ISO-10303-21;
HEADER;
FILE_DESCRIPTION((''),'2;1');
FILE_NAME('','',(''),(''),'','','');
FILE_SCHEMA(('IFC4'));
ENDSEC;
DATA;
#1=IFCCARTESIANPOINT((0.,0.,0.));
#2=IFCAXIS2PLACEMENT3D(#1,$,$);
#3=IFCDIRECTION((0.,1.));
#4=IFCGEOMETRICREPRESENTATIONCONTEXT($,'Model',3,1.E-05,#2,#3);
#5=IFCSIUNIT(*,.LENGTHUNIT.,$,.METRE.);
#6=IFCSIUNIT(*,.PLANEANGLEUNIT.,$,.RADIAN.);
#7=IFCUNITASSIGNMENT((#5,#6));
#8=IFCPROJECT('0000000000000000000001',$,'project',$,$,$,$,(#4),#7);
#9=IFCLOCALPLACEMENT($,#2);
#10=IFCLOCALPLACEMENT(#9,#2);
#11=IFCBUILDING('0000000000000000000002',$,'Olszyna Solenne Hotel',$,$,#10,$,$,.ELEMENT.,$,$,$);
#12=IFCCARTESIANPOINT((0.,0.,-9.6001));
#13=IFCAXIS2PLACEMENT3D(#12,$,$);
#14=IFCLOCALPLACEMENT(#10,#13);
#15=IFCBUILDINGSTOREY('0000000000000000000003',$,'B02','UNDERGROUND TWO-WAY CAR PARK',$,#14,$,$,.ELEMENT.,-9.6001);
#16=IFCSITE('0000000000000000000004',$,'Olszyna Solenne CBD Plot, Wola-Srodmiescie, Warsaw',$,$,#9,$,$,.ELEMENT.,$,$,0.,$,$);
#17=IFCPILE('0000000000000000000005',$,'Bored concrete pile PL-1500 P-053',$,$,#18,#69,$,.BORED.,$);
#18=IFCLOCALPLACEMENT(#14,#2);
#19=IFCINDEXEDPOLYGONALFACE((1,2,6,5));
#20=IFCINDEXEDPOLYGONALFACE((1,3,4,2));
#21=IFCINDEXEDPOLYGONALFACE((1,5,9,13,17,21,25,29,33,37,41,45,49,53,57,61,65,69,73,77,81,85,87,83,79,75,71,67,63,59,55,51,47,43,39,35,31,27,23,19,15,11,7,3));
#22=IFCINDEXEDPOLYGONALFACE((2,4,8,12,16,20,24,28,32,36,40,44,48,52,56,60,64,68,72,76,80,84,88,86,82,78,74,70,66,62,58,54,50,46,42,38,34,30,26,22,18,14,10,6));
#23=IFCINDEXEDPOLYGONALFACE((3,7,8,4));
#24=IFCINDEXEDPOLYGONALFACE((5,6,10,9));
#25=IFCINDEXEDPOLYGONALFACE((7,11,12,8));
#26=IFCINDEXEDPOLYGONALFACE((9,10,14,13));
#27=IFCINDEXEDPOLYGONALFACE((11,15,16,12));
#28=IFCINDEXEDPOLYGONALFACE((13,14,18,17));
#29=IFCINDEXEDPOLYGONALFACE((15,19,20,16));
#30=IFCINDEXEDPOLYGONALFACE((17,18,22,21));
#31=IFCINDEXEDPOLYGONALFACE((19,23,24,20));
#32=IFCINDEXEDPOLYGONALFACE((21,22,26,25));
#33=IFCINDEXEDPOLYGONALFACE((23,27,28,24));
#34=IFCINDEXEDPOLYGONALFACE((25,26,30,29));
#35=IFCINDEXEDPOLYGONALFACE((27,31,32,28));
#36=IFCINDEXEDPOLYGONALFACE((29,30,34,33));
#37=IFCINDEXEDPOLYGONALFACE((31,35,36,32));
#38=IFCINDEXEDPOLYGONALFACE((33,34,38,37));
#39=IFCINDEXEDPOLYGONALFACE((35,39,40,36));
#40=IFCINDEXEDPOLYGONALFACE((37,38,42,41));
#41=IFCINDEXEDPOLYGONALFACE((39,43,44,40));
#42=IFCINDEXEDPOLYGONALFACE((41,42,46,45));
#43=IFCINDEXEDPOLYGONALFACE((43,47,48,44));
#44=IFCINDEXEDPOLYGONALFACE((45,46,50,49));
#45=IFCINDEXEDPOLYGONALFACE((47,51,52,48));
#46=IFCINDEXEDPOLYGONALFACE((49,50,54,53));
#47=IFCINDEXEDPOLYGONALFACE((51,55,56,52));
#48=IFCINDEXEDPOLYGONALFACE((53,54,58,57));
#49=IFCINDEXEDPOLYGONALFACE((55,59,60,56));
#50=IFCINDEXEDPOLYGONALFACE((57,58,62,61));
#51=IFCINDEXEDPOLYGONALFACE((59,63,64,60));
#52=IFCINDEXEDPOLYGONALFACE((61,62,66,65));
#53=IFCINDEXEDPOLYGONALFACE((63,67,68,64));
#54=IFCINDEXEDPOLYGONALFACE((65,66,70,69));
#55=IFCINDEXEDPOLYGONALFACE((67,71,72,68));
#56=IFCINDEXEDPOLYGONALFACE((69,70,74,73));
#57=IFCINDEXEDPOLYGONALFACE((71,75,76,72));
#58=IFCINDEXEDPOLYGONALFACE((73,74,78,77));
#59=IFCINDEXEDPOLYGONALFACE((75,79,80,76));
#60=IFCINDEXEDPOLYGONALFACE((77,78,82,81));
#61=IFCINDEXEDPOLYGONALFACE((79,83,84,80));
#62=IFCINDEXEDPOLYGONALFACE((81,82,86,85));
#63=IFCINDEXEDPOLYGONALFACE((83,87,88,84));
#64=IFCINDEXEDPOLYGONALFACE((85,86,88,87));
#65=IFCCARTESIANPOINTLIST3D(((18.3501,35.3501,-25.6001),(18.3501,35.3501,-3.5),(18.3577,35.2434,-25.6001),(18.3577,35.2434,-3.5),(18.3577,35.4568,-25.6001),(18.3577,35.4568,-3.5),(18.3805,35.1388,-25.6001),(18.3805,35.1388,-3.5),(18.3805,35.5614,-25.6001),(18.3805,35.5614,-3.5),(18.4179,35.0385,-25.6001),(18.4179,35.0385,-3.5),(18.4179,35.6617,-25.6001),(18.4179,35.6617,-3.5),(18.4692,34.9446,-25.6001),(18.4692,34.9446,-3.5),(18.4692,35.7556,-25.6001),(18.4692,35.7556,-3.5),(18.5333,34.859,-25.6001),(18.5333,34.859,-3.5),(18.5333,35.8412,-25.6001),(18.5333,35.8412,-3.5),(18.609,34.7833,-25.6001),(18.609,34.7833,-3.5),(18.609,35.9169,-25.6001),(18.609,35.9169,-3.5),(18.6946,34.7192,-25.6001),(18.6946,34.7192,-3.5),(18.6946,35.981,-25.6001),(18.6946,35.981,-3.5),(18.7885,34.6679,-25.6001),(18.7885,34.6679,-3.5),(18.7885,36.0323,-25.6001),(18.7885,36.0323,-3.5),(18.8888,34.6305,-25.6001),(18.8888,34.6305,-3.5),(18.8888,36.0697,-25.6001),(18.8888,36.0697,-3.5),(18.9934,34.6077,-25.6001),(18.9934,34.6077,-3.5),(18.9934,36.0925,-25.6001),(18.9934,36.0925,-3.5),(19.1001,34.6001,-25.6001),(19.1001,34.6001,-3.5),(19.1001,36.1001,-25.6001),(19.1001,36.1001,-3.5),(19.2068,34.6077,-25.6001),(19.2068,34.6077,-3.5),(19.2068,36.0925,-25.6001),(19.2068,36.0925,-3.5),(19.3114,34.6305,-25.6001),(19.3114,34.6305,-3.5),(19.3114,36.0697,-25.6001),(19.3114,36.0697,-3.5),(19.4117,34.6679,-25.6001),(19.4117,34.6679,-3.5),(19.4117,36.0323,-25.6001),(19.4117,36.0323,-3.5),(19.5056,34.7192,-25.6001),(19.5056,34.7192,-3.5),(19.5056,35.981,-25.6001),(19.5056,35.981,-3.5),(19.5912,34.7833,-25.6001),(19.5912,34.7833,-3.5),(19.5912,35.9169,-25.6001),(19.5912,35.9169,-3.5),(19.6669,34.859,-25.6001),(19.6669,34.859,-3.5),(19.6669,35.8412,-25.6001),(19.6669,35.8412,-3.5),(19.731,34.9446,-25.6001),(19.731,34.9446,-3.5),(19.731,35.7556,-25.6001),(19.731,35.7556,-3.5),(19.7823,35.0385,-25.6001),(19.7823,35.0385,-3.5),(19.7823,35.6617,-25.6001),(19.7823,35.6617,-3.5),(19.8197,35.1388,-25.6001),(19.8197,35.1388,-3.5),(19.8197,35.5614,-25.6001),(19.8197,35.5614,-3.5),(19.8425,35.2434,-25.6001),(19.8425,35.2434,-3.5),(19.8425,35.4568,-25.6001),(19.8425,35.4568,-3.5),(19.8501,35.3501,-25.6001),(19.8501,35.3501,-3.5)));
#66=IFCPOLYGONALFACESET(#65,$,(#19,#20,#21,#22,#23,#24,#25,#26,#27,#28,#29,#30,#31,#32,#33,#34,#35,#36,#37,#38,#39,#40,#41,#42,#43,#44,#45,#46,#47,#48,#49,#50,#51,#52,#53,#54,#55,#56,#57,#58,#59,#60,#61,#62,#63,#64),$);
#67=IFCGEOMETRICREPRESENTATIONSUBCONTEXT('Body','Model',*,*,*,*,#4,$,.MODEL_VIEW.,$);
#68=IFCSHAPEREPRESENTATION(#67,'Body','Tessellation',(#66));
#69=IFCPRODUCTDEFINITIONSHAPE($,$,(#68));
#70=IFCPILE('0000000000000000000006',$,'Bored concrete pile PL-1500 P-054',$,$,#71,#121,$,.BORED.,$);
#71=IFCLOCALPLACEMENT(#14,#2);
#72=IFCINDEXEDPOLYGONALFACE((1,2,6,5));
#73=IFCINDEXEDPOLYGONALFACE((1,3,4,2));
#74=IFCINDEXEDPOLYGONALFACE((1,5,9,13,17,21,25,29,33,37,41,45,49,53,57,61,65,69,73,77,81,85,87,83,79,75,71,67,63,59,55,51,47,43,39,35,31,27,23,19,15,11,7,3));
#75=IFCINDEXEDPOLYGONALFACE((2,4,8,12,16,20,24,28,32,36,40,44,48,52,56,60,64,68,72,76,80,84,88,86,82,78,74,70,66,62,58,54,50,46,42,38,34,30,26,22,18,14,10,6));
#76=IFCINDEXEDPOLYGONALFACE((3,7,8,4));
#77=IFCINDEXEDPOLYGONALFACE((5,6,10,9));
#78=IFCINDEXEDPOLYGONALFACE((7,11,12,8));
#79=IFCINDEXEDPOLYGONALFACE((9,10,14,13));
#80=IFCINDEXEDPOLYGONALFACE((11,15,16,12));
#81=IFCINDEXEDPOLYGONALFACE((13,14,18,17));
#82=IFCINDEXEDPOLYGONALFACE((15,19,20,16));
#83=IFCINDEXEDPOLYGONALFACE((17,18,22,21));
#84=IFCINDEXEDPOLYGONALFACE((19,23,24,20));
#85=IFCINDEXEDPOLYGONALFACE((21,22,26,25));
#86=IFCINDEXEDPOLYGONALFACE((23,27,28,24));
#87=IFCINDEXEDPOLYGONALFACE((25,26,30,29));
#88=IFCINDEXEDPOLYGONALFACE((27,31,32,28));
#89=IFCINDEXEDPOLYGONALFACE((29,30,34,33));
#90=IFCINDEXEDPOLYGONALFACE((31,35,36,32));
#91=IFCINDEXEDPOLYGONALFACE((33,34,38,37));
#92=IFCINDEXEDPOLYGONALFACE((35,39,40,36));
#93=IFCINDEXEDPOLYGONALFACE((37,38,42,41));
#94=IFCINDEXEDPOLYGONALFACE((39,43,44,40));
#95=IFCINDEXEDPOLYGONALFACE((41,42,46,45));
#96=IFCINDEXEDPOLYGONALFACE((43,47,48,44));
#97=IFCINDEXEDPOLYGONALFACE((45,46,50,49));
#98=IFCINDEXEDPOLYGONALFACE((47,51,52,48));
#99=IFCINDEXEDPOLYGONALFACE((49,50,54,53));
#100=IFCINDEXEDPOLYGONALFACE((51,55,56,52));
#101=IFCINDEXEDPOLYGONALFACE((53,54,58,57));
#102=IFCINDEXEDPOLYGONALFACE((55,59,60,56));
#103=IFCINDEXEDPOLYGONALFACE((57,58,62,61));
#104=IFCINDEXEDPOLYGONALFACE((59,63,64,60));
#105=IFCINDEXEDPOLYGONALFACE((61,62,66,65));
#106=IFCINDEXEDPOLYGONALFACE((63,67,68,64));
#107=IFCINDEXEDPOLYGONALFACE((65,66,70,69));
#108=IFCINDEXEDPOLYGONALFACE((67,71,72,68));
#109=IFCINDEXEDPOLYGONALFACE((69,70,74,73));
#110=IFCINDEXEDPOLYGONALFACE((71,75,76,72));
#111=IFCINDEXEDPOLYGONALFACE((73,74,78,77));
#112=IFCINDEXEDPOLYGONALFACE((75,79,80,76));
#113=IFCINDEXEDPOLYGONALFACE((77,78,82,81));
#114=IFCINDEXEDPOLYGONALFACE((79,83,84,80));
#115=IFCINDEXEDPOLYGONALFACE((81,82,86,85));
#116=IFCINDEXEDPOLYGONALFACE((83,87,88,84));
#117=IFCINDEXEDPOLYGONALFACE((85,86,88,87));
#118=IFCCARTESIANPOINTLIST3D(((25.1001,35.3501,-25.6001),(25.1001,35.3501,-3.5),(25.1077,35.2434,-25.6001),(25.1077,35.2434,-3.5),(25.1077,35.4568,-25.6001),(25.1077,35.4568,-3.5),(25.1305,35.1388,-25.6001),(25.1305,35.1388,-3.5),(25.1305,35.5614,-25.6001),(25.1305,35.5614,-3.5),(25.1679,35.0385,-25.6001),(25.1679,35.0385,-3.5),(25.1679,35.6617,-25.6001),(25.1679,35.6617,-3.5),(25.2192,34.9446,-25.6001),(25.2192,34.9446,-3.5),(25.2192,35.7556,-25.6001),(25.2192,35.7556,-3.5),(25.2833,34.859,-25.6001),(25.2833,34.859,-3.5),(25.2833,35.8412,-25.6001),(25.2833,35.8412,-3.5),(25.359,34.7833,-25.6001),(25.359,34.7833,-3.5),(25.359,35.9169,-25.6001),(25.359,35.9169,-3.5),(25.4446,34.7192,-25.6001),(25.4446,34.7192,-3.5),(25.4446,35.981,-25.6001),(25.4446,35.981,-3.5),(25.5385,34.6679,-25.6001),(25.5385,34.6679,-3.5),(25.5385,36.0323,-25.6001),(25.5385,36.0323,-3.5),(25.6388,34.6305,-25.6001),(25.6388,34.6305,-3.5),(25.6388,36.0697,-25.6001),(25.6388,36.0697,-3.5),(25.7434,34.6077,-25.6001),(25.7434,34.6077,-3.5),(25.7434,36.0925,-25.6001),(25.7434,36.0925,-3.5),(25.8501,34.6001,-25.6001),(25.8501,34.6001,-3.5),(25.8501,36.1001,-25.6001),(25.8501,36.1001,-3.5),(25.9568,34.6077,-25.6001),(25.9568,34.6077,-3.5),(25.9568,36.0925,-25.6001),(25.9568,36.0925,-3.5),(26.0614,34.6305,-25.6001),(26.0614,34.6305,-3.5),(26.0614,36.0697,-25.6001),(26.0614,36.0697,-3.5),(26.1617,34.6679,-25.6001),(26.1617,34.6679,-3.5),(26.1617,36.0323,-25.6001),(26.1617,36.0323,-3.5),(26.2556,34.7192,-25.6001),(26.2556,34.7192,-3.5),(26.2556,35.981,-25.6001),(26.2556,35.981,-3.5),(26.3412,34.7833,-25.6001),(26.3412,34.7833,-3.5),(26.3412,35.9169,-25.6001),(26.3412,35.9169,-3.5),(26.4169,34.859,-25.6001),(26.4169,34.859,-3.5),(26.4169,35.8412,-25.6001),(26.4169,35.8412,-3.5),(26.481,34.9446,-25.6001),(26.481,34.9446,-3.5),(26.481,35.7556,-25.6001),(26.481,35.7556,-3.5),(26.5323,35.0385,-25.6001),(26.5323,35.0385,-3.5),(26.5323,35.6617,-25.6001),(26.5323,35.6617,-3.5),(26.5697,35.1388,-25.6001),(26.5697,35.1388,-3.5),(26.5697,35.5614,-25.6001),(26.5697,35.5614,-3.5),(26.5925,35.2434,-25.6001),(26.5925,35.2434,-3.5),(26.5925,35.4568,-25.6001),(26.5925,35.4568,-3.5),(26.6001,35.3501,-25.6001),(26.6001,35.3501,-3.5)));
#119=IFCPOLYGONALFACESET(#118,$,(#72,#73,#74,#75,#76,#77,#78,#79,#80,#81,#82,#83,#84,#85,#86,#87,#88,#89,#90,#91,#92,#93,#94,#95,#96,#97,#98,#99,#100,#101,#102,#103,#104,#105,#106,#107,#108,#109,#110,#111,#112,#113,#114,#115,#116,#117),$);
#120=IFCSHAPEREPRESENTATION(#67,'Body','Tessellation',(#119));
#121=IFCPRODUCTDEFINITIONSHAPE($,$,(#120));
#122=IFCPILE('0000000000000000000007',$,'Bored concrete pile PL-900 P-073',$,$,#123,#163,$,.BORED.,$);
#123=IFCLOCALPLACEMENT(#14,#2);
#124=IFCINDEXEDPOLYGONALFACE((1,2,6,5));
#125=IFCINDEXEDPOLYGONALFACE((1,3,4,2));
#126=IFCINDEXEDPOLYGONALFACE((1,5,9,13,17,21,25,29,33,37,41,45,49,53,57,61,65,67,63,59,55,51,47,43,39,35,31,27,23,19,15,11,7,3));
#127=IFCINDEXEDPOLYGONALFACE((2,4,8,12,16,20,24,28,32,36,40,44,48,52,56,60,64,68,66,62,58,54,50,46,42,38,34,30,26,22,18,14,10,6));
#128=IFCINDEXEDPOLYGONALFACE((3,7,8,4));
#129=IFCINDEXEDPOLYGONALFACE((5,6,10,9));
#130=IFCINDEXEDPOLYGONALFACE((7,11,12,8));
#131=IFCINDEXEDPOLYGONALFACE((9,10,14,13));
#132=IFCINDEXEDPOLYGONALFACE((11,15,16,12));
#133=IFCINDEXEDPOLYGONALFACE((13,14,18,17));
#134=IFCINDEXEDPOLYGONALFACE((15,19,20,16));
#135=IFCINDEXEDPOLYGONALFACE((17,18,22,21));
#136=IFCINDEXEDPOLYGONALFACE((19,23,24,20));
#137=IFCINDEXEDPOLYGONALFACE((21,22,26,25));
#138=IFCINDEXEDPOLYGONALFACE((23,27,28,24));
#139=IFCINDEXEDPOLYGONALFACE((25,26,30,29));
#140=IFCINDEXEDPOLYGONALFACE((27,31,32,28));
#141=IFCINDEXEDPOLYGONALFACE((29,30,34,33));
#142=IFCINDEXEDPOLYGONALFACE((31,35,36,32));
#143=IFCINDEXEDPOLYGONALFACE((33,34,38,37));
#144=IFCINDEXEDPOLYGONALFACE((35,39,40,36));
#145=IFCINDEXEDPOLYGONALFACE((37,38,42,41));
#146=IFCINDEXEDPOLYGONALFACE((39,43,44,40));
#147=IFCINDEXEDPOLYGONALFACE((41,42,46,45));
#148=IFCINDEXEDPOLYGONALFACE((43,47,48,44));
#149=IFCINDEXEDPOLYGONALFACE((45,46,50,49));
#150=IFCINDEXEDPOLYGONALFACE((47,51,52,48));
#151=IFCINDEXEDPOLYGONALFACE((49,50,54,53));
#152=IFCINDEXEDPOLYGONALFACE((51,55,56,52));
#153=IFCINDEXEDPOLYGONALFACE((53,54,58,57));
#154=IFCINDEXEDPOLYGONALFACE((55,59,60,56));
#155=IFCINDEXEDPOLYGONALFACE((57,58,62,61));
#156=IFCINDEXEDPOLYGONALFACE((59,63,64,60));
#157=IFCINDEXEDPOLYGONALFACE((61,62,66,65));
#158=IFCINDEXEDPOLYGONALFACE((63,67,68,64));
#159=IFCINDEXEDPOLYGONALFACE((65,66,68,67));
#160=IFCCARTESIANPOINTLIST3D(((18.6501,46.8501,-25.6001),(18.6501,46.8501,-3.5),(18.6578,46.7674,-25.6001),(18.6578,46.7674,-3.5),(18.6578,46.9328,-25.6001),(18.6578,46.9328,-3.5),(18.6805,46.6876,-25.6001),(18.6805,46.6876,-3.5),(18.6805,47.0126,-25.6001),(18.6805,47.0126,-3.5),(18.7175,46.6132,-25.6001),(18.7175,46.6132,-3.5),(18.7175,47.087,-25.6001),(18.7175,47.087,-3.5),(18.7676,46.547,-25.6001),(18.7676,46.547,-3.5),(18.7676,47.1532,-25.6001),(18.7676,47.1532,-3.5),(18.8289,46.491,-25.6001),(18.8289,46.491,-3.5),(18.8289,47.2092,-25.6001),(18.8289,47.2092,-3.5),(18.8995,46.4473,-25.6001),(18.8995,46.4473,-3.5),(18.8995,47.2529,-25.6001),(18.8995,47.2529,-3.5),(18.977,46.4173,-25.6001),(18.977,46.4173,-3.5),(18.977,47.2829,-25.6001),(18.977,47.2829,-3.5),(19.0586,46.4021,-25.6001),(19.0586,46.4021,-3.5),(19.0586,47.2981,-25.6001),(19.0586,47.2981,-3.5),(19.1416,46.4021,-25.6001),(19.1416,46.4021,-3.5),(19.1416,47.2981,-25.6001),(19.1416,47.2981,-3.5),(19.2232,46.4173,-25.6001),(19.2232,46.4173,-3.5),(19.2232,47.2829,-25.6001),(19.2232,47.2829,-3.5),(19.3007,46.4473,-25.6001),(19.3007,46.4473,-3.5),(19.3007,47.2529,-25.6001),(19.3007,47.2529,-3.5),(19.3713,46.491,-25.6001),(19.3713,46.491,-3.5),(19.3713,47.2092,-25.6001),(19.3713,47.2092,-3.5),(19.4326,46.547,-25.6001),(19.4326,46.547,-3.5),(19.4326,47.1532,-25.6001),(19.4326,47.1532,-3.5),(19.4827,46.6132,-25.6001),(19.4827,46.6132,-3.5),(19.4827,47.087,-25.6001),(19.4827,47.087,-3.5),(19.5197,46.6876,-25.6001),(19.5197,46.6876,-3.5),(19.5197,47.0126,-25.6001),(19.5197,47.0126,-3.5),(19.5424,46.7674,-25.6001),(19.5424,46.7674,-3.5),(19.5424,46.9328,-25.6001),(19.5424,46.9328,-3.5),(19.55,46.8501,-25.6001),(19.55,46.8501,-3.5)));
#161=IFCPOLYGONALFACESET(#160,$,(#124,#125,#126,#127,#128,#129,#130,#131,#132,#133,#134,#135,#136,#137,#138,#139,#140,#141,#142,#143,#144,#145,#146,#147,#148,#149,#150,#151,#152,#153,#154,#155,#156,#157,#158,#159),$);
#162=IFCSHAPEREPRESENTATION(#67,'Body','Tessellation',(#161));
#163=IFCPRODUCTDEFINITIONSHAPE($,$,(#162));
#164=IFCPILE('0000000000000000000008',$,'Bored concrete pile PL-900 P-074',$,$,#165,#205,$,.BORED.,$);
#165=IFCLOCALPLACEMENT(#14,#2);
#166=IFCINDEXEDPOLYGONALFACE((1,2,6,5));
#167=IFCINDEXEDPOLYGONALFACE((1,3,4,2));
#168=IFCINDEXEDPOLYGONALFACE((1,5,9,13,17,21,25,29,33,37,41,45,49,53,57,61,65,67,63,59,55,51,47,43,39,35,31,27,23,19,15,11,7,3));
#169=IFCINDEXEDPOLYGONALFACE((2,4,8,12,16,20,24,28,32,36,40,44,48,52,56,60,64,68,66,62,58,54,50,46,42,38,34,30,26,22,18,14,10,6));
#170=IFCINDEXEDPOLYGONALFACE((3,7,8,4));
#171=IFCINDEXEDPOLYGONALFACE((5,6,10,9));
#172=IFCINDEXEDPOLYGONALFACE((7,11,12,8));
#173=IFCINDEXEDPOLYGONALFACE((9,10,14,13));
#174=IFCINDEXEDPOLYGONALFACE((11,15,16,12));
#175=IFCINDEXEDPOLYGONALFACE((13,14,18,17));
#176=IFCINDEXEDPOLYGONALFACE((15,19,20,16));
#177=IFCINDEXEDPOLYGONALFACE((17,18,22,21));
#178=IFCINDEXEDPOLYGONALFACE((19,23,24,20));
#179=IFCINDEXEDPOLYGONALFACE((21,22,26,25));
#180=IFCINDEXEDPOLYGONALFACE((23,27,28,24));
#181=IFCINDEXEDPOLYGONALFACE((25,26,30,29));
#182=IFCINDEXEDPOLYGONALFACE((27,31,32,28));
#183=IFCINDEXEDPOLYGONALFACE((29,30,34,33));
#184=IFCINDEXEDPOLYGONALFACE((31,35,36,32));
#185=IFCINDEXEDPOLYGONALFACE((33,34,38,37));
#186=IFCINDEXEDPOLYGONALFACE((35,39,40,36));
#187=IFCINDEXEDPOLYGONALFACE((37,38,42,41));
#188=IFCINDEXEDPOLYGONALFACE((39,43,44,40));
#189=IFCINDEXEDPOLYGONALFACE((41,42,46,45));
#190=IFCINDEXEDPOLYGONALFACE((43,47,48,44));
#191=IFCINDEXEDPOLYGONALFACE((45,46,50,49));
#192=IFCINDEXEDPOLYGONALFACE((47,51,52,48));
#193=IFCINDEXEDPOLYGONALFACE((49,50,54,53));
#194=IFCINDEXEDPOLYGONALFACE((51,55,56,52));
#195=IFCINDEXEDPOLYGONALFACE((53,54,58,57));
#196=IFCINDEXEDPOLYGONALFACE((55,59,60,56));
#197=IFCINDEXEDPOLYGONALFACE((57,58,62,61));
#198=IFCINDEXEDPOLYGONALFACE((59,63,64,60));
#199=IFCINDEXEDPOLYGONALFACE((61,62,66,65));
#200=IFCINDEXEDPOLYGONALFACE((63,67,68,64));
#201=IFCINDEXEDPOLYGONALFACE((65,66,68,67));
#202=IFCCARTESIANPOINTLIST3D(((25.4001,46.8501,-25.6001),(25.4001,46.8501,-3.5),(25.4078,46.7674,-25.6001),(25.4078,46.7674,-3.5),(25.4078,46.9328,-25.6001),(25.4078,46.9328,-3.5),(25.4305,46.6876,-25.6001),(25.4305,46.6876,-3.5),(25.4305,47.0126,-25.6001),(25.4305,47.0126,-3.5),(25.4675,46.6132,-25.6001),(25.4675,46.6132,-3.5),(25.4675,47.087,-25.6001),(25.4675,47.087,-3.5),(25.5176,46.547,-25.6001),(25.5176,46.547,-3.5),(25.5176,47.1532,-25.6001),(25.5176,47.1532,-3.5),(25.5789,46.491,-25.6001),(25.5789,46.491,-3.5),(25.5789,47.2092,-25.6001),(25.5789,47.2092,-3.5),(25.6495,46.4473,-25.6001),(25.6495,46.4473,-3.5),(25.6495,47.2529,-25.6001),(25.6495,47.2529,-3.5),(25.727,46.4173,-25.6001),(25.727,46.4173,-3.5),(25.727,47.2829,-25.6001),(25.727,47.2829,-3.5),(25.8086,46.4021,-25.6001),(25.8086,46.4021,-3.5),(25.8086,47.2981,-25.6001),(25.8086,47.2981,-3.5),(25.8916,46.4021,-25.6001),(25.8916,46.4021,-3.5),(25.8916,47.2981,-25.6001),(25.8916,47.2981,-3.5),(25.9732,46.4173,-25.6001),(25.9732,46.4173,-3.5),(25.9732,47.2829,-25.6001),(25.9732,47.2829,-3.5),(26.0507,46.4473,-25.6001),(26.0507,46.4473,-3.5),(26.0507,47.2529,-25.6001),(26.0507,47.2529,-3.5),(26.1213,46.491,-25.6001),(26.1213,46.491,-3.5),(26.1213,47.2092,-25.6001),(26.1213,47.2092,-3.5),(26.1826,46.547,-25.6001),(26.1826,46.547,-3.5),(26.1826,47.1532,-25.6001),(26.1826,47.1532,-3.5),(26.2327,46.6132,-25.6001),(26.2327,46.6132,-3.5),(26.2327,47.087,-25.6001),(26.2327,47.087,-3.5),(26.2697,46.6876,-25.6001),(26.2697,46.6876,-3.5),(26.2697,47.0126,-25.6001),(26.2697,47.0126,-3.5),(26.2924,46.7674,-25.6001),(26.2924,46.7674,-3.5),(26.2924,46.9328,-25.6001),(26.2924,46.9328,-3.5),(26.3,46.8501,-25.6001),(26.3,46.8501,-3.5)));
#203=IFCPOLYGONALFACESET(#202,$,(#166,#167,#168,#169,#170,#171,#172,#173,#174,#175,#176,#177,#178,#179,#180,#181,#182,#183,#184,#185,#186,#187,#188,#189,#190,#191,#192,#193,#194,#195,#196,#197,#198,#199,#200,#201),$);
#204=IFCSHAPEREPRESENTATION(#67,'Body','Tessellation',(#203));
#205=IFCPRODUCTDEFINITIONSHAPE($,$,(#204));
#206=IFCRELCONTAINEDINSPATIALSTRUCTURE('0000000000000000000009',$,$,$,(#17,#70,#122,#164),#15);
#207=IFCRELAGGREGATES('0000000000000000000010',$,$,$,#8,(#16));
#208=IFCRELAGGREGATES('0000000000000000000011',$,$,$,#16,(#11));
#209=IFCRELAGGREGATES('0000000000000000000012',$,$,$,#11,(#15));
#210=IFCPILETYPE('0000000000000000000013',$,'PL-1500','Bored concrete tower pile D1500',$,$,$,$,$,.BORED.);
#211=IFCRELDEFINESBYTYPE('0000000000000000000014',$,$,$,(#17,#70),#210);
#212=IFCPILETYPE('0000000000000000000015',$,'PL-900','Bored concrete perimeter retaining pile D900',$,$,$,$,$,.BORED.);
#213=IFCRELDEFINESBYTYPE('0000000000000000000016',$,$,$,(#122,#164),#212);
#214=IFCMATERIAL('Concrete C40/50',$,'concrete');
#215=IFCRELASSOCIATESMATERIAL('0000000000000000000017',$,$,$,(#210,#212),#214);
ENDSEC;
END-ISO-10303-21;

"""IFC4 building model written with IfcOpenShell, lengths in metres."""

from ifc_helpers import new_model, si_unit, direction, frame, origin, origin_2d, place, context, subcontext, project, spatial, circle, extrude, source, transform, mapped, material, material_profile, profile_set, type_object, element, save


model = new_model("IFC4")

# Units and contexts
model_context = context("Model", 3, precision=1e-05, world=origin(), true_north=direction((0.0, 1.0)))
body_context = subcontext(model_context, "Body", "Model", "MODEL_VIEW")
ifc_project = project(units=[si_unit("LENGTHUNIT", "METRE"), si_unit("PLANEANGLEUNIT", "RADIAN")], contexts=[model_context])

# Site, building, storey
site_placement = place(None, origin())
site = spatial("IfcSite", under=ifc_project, at=site_placement, Name="Olszyna Solenne CBD Plot, Wola-Srodmiescie, Warsaw", CompositionType="ELEMENT", RefElevation=0.0)
building_placement = place(site_placement, origin())
building = spatial("IfcBuilding", under=site, at=building_placement, Name="Olszyna Solenne Hotel", CompositionType="ELEMENT")
storey_placement = place(building_placement, frame((0.0, 0.0, -9.6001)))
storey = spatial("IfcBuildingStorey", under=building, at=storey_placement, Name="B02", Description="UNDERGROUND TWO-WAY CAR PARK", CompositionType="ELEMENT", Elevation=-9.6001)

# Piles
ifc_material_1 = material(Name="Concrete C40/50", Category="concrete")
ifc_material_profile_1 = material_profile(ifc_material_1, circle(Radius=0.75, at=origin_2d()), Name="BORED PILE 1500", Category="load-bearing")
ifc_profile_set_1 = profile_set([ifc_material_profile_1], Name="Concrete C40/50")
pile_type_1 = type_object("IfcPileType", Name="PL-1500", Description="Bored concrete tower pile D1500", PredefinedType="BORED", material=ifc_profile_set_1)
shared_shape_1 = source(origin(), body_context, "Body", "SweptSolid", [
    extrude(circle(Radius=0.75, at=origin_2d()), origin(), (0.0, 0.0, 1.0), 22.1001),
])
for number, where, z_axis, x_axis, name in (
    (1, (19.1001, 35.3501, -3.5), (0.0, 0.0, -1.0), (1.0, 0.0, 0.0), "Bored concrete pile PL-1500 P-053"),
    (2, (25.8501, 35.3501, -3.5), (0.0, 0.0, -1.0), (1.0, 0.0, 0.0), "Bored concrete pile PL-1500 P-054"),
):
    element("IfcPile", number, at=place(storey_placement, frame(where, z_axis=z_axis, x_axis=x_axis)), inside=storey, type_object=pile_type_1, Name=name, PredefinedType="BORED", context=body_context, shape_type="MappedRepresentation", body=[
        mapped(shared_shape_1, transform((0.0, 0.0, 0.0), x_axis=(1.0, 0.0, 0.0), y_axis=(0.0, 1.0, 0.0), z_axis=(0.0, 0.0, 1.0), scale=1.0)),
    ])
ifc_material_profile_2 = material_profile(ifc_material_1, circle(Radius=0.45, at=origin_2d()), Name="BORED PILE 900", Category="load-bearing")
ifc_profile_set_2 = profile_set([ifc_material_profile_2], Name="Concrete C40/50")
pile_type_2 = type_object("IfcPileType", Name="PL-900", Description="Bored concrete perimeter retaining pile D900", PredefinedType="BORED", material=ifc_profile_set_2)
shared_shape_2 = source(origin(), body_context, "Body", "SweptSolid", [
    extrude(circle(Radius=0.45, at=origin_2d()), origin(), (0.0, 0.0, 1.0), 22.1001),
])
for number, where, z_axis, x_axis, name in (
    (3, (19.1001, 46.8501, -3.5), (0.0, 0.0, -1.0), (1.0, 0.0, 0.0), "Bored concrete pile PL-900 P-073"),
    (4, (25.8501, 46.8501, -3.5), (0.0, 0.0, -1.0), (1.0, 0.0, 0.0), "Bored concrete pile PL-900 P-074"),
):
    element("IfcPile", number, at=place(storey_placement, frame(where, z_axis=z_axis, x_axis=x_axis)), inside=storey, type_object=pile_type_2, Name=name, PredefinedType="BORED", context=body_context, shape_type="MappedRepresentation", body=[
        mapped(shared_shape_2, transform((0.0, 0.0, 0.0), x_axis=(1.0, 0.0, 0.0), y_axis=(0.0, 1.0, 0.0), z_axis=(0.0, 0.0, 1.0), scale=1.0)),
    ])

save(model, "model.ifc")
